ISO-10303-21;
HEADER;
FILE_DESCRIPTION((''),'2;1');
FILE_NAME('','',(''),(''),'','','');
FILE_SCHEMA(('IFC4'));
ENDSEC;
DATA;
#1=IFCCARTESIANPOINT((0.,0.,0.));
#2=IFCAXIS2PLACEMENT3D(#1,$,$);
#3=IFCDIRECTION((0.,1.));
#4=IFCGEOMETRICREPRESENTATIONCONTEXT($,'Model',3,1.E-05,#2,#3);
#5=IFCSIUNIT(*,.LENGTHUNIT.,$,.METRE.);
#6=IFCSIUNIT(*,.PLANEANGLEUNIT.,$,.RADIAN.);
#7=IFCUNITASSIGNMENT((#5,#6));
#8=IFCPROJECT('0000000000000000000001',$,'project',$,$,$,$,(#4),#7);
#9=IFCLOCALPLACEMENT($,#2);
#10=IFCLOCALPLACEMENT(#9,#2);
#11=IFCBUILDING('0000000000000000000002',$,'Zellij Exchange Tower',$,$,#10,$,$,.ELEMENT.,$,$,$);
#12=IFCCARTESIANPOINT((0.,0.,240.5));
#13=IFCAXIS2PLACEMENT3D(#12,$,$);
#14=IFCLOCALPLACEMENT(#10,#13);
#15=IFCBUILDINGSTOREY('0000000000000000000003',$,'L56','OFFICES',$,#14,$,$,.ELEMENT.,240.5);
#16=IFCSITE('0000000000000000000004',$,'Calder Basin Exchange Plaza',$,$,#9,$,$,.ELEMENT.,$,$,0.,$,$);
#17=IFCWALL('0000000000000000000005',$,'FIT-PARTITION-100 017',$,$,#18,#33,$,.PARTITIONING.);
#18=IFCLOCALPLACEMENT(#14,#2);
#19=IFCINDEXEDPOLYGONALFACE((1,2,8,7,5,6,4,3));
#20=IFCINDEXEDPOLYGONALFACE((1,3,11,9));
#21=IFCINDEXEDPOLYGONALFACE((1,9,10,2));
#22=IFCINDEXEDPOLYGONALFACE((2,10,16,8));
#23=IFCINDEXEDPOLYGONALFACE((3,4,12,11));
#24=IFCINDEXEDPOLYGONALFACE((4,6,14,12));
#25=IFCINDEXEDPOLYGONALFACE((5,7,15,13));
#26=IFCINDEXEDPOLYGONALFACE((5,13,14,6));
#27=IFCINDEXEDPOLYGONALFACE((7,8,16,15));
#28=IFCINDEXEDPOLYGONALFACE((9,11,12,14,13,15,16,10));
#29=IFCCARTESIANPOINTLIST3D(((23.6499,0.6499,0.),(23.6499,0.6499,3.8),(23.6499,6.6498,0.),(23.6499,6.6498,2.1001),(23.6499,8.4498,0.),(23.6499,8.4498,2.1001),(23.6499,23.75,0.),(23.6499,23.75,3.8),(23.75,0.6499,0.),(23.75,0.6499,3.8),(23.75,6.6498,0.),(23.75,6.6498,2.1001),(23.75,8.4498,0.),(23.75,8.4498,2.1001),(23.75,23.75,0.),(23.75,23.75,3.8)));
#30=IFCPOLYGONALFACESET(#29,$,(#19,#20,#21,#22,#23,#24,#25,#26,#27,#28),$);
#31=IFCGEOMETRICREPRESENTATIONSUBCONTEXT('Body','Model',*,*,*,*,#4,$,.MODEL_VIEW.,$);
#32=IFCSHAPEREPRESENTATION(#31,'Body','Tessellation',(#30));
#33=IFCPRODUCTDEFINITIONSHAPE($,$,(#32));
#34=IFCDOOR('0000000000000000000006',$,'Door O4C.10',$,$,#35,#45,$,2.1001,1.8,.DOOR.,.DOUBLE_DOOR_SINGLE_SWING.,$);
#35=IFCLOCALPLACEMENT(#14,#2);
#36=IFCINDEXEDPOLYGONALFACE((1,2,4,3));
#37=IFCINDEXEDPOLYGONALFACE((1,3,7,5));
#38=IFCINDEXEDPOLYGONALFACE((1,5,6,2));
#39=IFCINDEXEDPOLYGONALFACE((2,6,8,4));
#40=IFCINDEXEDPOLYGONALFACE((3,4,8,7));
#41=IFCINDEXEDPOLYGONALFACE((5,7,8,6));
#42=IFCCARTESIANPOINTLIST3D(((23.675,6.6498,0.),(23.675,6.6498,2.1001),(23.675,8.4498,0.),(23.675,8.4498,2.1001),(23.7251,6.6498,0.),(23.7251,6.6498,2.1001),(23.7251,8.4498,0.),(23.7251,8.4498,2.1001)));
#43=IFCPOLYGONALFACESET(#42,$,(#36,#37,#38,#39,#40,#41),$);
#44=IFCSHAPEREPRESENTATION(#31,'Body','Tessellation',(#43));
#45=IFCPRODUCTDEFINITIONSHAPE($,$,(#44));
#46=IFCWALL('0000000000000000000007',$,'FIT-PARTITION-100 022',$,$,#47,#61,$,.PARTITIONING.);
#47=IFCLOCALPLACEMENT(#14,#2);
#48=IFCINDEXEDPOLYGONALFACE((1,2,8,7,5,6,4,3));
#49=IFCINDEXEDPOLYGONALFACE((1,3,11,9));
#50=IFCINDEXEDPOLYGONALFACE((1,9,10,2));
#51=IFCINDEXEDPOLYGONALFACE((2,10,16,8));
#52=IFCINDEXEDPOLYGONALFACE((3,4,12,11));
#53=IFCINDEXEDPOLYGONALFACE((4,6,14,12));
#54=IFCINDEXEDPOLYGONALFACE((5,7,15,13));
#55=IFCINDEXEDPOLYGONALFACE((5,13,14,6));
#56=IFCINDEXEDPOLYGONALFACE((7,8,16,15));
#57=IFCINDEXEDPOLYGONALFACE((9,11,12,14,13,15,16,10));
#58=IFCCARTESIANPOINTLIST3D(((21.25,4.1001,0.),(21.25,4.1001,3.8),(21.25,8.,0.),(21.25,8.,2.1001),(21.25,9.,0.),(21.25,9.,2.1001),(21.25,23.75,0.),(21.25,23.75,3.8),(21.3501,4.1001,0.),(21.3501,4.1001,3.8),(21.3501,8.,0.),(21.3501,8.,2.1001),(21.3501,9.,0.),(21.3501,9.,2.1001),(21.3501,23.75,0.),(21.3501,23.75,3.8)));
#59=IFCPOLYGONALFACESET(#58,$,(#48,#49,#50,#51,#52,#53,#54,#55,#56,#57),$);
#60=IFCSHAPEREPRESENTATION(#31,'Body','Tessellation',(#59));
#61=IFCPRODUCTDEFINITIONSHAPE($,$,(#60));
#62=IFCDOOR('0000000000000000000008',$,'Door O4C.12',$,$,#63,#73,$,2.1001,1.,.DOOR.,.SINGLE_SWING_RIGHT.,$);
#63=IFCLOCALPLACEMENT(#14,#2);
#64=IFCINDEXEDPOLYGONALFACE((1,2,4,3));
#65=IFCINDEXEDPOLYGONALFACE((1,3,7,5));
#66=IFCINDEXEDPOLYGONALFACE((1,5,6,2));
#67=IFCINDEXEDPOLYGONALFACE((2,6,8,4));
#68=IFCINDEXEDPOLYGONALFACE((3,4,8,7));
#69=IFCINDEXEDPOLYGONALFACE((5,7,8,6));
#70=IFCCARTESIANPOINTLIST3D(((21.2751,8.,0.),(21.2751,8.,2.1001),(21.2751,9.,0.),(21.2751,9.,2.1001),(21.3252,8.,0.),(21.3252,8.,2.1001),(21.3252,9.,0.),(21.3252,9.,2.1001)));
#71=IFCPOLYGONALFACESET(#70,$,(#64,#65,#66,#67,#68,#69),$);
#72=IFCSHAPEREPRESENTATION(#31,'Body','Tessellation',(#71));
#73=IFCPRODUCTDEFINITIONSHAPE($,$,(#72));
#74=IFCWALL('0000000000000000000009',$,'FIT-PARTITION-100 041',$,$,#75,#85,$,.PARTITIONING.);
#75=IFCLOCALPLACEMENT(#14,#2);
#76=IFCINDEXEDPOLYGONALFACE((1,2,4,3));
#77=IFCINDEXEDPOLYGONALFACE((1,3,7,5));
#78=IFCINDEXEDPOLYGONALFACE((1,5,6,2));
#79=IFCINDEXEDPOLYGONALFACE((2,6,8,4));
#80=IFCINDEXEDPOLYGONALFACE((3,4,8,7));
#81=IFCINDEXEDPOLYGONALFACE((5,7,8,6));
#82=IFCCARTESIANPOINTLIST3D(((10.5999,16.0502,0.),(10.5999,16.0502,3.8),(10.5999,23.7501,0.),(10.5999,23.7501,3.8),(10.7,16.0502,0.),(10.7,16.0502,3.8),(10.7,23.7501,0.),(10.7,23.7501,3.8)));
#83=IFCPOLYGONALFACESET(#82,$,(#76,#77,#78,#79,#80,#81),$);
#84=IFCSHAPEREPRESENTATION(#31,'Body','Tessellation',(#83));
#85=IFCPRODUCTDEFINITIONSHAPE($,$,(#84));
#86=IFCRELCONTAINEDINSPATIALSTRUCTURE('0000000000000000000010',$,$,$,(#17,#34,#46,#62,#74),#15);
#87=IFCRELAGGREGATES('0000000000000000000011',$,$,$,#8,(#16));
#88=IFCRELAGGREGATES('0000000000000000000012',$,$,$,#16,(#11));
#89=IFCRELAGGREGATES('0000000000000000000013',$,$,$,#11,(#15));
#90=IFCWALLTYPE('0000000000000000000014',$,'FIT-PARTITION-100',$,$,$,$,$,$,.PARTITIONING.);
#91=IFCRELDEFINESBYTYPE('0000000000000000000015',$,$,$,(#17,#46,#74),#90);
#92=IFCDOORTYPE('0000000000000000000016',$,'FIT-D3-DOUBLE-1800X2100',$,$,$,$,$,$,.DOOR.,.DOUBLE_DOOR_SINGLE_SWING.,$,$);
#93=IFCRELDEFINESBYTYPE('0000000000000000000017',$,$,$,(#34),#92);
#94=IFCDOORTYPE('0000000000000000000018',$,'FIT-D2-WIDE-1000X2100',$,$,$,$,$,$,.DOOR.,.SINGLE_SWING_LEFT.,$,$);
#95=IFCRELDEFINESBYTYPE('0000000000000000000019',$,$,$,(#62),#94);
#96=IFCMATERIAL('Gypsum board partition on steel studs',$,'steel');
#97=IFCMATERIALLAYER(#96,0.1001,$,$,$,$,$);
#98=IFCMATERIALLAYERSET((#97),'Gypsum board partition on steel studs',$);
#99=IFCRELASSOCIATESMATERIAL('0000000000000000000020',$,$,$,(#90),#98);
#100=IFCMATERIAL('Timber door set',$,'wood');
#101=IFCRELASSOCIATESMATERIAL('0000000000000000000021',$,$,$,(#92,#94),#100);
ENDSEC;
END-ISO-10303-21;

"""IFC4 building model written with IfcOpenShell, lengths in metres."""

from ifc_helpers import new_model, si_unit, direction, frame, frame_2d, origin, place, context, subcontext, project, spatial, rectangle, extrude, material, layer, layer_set, type_object, element, fill, save


model = new_model("IFC4")

# Units and contexts
model_context = context("Model", 3, precision=1e-05, world=origin(), true_north=direction((0.0, 1.0)))
body_context = subcontext(model_context, "Body", "Model", "MODEL_VIEW")
ifc_project = project(units=[si_unit("LENGTHUNIT", "METRE"), si_unit("PLANEANGLEUNIT", "RADIAN")], contexts=[model_context])

# Site, building, storey
site_placement = place(None, origin())
site = spatial("IfcSite", under=ifc_project, at=site_placement, Name="Calder Basin Exchange Plaza", CompositionType="ELEMENT", RefElevation=0.0)
building_placement = place(site_placement, origin())
building = spatial("IfcBuilding", under=site, at=building_placement, Name="Zellij Exchange Tower", CompositionType="ELEMENT")
storey_placement = place(building_placement, frame((0.0, 0.0, 240.5)))
storey = spatial("IfcBuildingStorey", under=building, at=storey_placement, Name="L56", Description="OFFICES", CompositionType="ELEMENT", Elevation=240.5)

# Shared definitions
ifc_material_1 = material(Name="Gypsum board partition on steel studs", Category="steel")
ifc_layer_1 = layer(ifc_material_1, 0.1001)
ifc_layer_set_1 = layer_set([ifc_layer_1], Name="Gypsum board partition on steel studs")
wall_type_1 = type_object("IfcWallType", Name="FIT-PARTITION-100", PredefinedType="PARTITIONING", material=ifc_layer_set_1)

# Walls, openings, doors
wall_1_placement = place(storey_placement, frame((23.7, 0.6499, 0.0), z_axis=(0.0, 0.0, 1.0), x_axis=(0.0, 1.0, 0.0)))
wall_1 = element("IfcWall", 1, at=wall_1_placement, inside=storey, type_object=wall_type_1, Name="FIT-PARTITION-100 017", PredefinedType="PARTITIONING", context=body_context, shape_type="SweptSolid", body=[
    extrude(rectangle(XDim=23.1001, YDim=0.1001, at=frame_2d((11.55, 0.0))), origin(), (0.0, 0.0, 1.0), 3.8),
])
opening_1_placement = place(wall_1_placement, frame((6.0, 0.0, 0.0)))
opening_1 = element("IfcOpeningElement", 2, at=opening_1_placement, cuts=wall_1, PredefinedType="OPENING", context=body_context, shape_type="SweptSolid", body=[
    extrude(rectangle(XDim=1.8, YDim=2.1001, at=frame_2d((0.8999, 1.05))), frame((0.0, 0.062, 0.0), z_axis=(0.0, -1.0, 0.0), x_axis=(1.0, 0.0, 0.0)), (0.0, 0.0, 1.0), 0.124),
])
ifc_material_2 = material(Name="Timber door set", Category="wood")
door_type_1 = type_object("IfcDoorType", Name="FIT-D3-DOUBLE-1800X2100", OperationType="DOUBLE_DOOR_SINGLE_SWING", PredefinedType="DOOR", material=ifc_material_2)
door_1_placement = place(opening_1_placement, origin())
door_1 = element("IfcDoor", 3, at=door_1_placement, inside=storey, type_object=door_type_1, Name="Door O4C.10", OperationType="DOUBLE_DOOR_SINGLE_SWING", OverallHeight=2.1001, OverallWidth=1.8, PredefinedType="DOOR", context=body_context, shape_type="SweptSolid", body=[
    extrude(rectangle(XDim=1.8, YDim=2.1001, at=frame_2d((0.8999, 1.05))), frame((0.0, 0.0249, 0.0), z_axis=(0.0, -1.0, 0.0), x_axis=(1.0, 0.0, 0.0)), (0.0, 0.0, 1.0), 0.05),
])
fill(opening_1, door_1)
wall_2_placement = place(storey_placement, frame((21.3, 4.1001, 0.0), z_axis=(0.0, 0.0, 1.0), x_axis=(0.0, 1.0, 0.0)))
wall_2 = element("IfcWall", 4, at=wall_2_placement, inside=storey, type_object=wall_type_1, Name="FIT-PARTITION-100 022", PredefinedType="PARTITIONING", context=body_context, shape_type="SweptSolid", body=[
    extrude(rectangle(XDim=19.6499, YDim=0.1001, at=frame_2d((9.825, 0.0))), origin(), (0.0, 0.0, 1.0), 3.8),
])
opening_2_placement = place(wall_2_placement, frame((3.8999, 0.0, 0.0)))
opening_2 = element("IfcOpeningElement", 5, at=opening_2_placement, cuts=wall_2, PredefinedType="OPENING", context=body_context, shape_type="SweptSolid", body=[
    extrude(rectangle(XDim=1.0, YDim=2.1001, at=frame_2d((0.5, 1.05))), frame((0.0, 0.062, 0.0), z_axis=(0.0, -1.0, 0.0), x_axis=(1.0, 0.0, 0.0)), (0.0, 0.0, 1.0), 0.124),
])
door_type_2 = type_object("IfcDoorType", Name="FIT-D2-WIDE-1000X2100", OperationType="SINGLE_SWING_LEFT", PredefinedType="DOOR", material=ifc_material_2)
door_2_placement = place(opening_2_placement, origin())
door_2 = element("IfcDoor", 6, at=door_2_placement, inside=storey, type_object=door_type_2, Name="Door O4C.12", OperationType="SINGLE_SWING_RIGHT", OverallHeight=2.1001, OverallWidth=1.0, PredefinedType="DOOR", context=body_context, shape_type="SweptSolid", body=[
    extrude(rectangle(XDim=1.0, YDim=2.1001, at=frame_2d((0.5, 1.05))), frame((0.0, 0.0249, 0.0), z_axis=(0.0, -1.0, 0.0), x_axis=(1.0, 0.0, 0.0)), (0.0, 0.0, 1.0), 0.05),
])
fill(opening_2, door_2)

# Wall
wall_3_placement = place(storey_placement, frame((10.6499, 16.05, 0.0), z_axis=(0.0, 0.0, 1.0), x_axis=(0.0, 1.0, 0.0)))
element("IfcWall", 7, at=wall_3_placement, inside=storey, type_object=wall_type_1, Name="FIT-PARTITION-100 041", PredefinedType="PARTITIONING", context=body_context, shape_type="SweptSolid", body=[
    extrude(rectangle(XDim=7.7, YDim=0.1001, at=frame_2d((3.8501, 0.0))), origin(), (0.0, 0.0, 1.0), 3.8),
])

save(model, "model.ifc")
